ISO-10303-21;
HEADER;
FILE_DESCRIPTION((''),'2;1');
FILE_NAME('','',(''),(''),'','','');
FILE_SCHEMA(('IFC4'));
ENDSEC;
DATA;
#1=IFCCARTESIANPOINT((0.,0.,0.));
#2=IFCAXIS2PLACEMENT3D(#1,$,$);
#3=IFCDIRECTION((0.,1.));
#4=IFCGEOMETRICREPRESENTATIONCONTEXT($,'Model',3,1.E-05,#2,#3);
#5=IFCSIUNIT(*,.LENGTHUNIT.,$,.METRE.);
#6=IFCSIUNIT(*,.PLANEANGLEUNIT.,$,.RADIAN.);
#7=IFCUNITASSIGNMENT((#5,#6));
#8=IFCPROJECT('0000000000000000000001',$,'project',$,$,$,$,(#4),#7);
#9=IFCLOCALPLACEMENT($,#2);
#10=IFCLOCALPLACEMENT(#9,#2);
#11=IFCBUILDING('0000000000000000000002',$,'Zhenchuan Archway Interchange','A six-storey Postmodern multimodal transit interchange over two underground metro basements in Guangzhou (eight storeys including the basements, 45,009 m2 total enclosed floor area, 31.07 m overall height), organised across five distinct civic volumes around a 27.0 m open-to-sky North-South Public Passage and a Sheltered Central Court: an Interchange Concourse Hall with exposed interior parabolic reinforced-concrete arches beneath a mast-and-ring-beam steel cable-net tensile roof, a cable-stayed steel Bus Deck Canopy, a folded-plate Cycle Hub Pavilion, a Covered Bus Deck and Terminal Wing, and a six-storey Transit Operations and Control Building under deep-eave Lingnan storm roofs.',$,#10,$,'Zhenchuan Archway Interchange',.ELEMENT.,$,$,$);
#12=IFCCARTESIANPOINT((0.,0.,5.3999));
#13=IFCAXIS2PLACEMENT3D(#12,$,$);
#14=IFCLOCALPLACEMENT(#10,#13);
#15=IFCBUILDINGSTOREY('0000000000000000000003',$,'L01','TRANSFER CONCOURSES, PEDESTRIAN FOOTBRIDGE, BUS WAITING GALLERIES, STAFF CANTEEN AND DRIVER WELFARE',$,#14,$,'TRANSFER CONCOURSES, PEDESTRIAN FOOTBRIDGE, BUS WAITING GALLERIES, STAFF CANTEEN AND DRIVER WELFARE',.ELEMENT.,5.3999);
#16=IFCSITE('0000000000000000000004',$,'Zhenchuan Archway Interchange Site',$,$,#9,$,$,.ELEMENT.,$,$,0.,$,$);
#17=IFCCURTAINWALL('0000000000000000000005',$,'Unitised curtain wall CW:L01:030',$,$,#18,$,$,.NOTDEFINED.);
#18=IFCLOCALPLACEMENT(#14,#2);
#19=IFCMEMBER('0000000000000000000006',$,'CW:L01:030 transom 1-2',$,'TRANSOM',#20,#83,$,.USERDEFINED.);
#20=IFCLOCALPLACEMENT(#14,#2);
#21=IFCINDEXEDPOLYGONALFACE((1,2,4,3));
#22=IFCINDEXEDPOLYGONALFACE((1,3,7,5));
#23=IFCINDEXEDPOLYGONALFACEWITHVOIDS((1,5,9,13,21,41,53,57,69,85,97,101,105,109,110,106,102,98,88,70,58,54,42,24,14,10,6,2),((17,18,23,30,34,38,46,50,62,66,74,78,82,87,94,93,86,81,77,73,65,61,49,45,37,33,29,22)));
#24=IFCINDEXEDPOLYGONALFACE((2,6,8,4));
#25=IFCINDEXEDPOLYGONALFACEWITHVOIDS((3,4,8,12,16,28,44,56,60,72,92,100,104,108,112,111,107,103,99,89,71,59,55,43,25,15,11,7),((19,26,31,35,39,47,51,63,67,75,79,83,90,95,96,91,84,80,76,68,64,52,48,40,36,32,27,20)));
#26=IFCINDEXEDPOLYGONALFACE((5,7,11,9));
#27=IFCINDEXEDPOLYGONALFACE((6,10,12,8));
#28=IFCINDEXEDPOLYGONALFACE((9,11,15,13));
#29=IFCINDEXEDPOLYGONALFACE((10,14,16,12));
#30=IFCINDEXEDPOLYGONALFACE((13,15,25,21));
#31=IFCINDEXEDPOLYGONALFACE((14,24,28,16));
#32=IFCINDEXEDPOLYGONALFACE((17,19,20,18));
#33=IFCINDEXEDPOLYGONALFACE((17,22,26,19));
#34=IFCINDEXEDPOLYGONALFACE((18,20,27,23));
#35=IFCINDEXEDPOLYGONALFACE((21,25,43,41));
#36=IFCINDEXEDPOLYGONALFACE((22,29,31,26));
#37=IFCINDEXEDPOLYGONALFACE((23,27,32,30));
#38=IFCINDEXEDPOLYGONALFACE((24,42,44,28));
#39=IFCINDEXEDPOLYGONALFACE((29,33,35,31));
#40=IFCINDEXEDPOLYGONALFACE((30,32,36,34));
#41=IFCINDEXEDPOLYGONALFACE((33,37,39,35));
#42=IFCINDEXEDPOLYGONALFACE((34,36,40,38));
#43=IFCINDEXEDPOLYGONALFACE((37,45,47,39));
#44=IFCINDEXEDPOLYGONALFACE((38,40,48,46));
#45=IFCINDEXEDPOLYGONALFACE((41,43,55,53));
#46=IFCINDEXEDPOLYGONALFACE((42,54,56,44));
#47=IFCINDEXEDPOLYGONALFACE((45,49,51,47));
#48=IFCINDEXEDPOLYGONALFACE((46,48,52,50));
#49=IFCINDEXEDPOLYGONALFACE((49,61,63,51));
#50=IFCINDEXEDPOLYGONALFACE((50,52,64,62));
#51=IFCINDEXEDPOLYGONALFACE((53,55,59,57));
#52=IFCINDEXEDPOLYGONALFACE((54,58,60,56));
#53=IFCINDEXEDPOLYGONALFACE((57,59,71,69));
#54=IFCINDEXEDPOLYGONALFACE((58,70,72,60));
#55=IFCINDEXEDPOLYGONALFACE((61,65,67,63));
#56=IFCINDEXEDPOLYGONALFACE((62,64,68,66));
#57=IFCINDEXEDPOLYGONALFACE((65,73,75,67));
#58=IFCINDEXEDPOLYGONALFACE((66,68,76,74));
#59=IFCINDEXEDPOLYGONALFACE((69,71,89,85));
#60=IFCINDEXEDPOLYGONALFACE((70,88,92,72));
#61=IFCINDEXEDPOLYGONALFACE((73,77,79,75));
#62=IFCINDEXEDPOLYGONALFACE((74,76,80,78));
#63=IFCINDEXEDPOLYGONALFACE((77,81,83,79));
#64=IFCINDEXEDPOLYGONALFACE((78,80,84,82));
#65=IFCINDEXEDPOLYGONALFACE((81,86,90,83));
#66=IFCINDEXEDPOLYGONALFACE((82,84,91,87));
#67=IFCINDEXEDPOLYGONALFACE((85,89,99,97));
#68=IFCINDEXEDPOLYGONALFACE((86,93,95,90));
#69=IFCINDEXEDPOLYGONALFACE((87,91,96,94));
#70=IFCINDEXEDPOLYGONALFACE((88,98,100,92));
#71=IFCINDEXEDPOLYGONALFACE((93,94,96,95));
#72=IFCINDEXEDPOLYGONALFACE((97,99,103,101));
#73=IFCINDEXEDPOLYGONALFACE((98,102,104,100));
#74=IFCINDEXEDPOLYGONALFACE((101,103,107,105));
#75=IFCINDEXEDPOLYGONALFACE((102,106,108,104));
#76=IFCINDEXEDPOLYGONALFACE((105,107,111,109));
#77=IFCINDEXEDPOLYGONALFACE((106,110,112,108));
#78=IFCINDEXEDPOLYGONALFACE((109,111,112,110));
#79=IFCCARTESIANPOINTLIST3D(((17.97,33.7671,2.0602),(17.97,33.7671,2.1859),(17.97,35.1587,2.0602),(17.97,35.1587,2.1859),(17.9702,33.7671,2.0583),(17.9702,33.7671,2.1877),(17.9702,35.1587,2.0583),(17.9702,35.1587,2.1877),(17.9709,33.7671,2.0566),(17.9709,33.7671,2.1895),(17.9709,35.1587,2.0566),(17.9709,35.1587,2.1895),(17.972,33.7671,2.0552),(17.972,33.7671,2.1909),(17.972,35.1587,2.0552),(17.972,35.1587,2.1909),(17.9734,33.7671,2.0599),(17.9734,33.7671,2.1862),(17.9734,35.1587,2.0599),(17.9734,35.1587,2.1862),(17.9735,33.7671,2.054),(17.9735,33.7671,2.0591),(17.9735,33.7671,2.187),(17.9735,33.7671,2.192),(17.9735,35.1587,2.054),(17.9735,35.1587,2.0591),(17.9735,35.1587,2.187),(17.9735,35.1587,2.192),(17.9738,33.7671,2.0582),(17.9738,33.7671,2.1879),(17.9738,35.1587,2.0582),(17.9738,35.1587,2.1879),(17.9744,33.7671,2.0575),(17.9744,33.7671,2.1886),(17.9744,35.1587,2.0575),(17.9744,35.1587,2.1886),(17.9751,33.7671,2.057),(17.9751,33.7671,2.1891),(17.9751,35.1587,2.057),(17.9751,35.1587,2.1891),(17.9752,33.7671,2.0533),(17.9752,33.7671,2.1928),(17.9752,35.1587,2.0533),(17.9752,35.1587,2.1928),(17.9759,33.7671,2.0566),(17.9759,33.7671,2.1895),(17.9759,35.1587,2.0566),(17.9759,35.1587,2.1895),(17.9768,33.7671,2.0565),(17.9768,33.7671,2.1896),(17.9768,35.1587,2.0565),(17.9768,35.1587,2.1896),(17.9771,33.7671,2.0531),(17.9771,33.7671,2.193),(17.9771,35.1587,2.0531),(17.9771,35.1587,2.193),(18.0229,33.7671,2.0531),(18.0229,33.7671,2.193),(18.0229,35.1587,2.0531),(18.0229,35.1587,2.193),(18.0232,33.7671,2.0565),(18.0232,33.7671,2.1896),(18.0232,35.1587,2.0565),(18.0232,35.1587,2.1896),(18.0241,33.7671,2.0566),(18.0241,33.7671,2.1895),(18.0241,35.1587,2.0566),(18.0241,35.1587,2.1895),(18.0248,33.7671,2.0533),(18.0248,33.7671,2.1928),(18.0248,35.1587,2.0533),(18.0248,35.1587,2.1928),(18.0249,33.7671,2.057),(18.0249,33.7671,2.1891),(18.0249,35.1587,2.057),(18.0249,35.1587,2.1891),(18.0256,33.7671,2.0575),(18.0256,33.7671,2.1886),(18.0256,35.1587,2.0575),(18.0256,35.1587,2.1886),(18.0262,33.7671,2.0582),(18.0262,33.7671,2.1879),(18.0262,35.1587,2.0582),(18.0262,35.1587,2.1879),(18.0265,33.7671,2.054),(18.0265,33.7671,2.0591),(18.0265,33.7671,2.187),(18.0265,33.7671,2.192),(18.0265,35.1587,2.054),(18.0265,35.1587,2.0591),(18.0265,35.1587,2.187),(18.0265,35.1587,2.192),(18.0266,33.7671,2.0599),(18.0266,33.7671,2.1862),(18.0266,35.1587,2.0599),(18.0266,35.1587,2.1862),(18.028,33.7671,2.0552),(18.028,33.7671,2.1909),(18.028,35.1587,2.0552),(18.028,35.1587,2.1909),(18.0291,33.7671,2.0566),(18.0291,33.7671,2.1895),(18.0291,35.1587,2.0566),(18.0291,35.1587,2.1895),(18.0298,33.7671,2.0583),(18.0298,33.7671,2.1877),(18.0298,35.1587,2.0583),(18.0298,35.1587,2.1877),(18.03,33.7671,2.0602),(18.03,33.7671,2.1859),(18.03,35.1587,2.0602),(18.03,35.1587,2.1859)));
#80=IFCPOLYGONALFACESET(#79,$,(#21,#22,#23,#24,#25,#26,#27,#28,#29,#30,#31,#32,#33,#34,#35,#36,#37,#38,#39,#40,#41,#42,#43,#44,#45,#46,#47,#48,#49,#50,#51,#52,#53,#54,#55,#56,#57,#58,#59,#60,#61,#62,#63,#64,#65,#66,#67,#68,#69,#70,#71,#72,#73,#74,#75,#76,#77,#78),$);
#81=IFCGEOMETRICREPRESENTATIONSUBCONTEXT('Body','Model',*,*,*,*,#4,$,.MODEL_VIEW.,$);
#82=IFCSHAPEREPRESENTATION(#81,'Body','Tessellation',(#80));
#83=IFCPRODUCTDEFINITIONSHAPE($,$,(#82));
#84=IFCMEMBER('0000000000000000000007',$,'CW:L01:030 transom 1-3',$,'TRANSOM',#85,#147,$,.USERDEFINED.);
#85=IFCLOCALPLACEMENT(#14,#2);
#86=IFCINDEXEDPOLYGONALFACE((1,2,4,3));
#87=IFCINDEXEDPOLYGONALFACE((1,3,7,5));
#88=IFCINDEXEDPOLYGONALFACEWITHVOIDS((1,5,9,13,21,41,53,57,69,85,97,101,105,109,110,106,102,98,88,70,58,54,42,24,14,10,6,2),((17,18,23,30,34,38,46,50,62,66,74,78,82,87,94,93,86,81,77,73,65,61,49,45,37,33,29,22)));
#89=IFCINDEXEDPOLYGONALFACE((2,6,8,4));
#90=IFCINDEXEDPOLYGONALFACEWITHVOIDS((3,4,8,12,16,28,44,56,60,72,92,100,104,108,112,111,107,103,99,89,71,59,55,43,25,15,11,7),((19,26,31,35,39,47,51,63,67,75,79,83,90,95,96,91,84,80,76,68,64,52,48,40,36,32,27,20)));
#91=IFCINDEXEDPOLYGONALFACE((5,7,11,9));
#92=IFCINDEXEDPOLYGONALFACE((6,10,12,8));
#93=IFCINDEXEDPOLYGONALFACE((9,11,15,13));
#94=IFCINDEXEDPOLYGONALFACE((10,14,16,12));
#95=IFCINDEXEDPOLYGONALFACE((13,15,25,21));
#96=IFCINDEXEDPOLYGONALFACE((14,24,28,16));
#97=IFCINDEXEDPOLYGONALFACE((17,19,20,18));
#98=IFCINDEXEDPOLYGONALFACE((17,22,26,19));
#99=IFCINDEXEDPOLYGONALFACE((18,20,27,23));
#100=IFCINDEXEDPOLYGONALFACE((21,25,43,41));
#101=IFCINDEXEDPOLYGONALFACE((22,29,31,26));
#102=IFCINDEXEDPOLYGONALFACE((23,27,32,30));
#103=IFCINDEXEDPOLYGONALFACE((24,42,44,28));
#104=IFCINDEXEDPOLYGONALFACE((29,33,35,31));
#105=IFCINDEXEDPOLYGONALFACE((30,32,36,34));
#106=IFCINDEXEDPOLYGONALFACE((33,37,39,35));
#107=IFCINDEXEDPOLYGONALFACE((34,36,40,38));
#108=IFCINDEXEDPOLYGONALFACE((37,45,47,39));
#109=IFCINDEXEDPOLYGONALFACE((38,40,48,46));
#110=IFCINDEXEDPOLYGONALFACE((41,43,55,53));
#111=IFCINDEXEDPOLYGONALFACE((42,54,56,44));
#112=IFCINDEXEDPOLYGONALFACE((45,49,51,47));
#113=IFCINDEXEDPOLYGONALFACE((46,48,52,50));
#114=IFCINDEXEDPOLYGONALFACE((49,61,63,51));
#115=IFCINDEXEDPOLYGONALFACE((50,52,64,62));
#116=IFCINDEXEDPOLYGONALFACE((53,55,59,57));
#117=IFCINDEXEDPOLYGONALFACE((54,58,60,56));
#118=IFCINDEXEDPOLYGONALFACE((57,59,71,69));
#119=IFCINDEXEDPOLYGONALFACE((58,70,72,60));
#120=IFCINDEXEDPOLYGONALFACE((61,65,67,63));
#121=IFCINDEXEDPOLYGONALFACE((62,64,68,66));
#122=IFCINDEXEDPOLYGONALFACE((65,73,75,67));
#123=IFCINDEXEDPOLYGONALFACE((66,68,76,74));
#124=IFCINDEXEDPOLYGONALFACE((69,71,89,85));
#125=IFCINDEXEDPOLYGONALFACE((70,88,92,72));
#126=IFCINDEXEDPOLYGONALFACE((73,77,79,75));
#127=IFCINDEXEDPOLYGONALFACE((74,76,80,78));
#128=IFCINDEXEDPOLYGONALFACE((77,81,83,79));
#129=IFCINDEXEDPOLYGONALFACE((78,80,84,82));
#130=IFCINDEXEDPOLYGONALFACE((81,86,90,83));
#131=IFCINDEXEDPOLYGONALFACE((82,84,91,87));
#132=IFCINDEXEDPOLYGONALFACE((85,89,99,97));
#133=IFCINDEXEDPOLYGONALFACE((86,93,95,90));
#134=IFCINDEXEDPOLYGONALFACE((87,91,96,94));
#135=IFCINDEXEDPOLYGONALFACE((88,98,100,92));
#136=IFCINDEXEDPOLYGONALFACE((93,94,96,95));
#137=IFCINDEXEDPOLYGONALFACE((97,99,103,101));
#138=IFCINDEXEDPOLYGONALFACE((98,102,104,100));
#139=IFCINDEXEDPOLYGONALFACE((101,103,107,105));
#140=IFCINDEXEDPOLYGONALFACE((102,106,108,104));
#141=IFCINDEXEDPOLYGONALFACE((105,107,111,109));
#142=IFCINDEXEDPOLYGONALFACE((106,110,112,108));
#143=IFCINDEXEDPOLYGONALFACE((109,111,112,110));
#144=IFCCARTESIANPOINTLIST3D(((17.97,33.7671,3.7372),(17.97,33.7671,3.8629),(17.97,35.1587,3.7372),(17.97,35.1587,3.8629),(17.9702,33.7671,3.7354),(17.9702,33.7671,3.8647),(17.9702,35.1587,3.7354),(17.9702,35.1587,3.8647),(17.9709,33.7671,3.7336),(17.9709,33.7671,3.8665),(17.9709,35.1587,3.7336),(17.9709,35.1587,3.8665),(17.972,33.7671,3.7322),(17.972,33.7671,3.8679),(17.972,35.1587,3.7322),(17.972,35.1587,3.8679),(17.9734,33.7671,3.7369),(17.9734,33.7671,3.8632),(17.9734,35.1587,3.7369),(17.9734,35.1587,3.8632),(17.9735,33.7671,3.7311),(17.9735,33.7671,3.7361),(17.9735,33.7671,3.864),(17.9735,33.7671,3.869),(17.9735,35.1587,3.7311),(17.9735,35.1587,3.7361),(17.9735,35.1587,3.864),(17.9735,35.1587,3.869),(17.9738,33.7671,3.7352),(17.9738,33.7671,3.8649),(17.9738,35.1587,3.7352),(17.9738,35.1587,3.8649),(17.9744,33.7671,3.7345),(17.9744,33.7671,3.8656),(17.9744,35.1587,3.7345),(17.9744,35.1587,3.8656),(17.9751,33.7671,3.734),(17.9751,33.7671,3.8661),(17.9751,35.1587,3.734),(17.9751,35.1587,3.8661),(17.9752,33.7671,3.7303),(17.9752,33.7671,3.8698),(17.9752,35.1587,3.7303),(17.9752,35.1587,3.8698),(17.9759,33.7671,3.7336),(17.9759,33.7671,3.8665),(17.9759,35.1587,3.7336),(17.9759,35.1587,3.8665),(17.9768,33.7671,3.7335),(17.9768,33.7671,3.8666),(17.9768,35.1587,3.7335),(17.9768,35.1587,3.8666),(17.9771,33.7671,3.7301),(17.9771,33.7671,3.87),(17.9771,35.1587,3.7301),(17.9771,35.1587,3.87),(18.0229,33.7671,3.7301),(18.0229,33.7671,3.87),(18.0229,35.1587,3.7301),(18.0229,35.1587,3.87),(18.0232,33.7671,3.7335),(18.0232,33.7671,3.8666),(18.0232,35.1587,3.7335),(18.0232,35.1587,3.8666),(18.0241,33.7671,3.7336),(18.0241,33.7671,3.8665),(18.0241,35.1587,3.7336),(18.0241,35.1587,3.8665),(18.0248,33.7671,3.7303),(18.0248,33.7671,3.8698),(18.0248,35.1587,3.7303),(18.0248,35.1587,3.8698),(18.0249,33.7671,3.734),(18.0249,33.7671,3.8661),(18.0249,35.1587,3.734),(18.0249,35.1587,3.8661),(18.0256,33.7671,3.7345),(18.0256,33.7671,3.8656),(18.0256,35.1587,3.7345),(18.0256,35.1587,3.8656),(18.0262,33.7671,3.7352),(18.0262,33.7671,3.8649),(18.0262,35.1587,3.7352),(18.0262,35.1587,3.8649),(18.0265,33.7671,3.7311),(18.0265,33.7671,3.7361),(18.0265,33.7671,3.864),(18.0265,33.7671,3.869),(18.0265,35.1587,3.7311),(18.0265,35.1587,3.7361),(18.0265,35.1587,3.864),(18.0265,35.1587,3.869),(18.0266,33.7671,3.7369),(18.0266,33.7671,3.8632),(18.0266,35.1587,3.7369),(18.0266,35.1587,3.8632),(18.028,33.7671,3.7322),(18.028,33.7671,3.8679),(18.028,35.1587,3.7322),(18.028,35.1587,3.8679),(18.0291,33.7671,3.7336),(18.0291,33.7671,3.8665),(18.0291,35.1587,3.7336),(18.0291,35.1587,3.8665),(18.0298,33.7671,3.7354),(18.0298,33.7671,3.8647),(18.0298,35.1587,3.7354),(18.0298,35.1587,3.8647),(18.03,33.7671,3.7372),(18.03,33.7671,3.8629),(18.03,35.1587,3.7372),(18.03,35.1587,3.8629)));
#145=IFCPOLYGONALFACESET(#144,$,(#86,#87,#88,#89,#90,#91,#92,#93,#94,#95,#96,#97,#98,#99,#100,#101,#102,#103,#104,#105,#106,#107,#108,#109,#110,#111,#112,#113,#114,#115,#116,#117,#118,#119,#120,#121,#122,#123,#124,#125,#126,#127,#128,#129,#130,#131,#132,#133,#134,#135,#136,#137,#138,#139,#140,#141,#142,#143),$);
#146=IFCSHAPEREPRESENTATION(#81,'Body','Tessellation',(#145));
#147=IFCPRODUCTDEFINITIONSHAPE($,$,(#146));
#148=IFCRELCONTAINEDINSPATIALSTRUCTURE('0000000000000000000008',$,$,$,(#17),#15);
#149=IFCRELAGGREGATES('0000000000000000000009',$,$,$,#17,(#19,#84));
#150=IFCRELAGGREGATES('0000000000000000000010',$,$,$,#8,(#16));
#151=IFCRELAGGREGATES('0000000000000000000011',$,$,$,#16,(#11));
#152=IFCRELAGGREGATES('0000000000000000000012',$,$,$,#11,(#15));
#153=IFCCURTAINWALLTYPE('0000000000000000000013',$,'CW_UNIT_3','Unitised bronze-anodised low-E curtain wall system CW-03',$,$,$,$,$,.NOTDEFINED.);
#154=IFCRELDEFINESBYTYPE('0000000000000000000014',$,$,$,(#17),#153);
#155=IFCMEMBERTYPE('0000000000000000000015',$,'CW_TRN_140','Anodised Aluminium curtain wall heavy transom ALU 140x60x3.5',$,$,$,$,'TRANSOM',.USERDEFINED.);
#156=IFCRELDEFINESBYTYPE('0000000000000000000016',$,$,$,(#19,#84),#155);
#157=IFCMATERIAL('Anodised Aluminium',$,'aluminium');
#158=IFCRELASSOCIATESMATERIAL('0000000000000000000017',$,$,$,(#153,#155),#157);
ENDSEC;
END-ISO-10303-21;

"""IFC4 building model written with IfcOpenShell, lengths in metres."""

from ifc_helpers import new_model, si_unit, direction, frame, origin, origin_2d, place, context, subcontext, project, spatial, hollow_rectangle, extrude, material, material_profile, profile_set, type_object, element, aggregate, save


model = new_model("IFC4")

# Units and contexts
model_context = context("Model", 3, precision=1e-05, world=origin(), true_north=direction((0.0, 1.0)))
body_context = subcontext(model_context, "Body", "Model", "MODEL_VIEW")
ifc_project = project(units=[si_unit("LENGTHUNIT", "METRE"), si_unit("PLANEANGLEUNIT", "RADIAN")], contexts=[model_context])

# Site, building, storey
site_placement = place(None, origin())
site = spatial("IfcSite", under=ifc_project, at=site_placement, Name="Zhenchuan Archway Interchange Site", CompositionType="ELEMENT", RefElevation=0.0)
building_placement = place(site_placement, origin())
building = spatial("IfcBuilding", under=site, at=building_placement, Name="Zhenchuan Archway Interchange", Description="A six-storey Postmodern multimodal transit interchange over two underground metro basements in Guangzhou (eight storeys including the basements, 45,009 m2 total enclosed floor area, 31.07 m overall height), organised across five distinct civic volumes around a 27.0 m open-to-sky North-South Public Passage and a Sheltered Central Court: an Interchange Concourse Hall with exposed interior parabolic reinforced-concrete arches beneath a mast-and-ring-beam steel cable-net tensile roof, a cable-stayed steel Bus Deck Canopy, a folded-plate Cycle Hub Pavilion, a Covered Bus Deck and Terminal Wing, and a six-storey Transit Operations and Control Building under deep-eave Lingnan storm roofs.", LongName="Zhenchuan Archway Interchange", CompositionType="ELEMENT")
storey_placement = place(building_placement, frame((0.0, 0.0, 5.3999)))
storey = spatial("IfcBuildingStorey", under=building, at=storey_placement, Name="L01", Description="TRANSFER CONCOURSES, PEDESTRIAN FOOTBRIDGE, BUS WAITING GALLERIES, STAFF CANTEEN AND DRIVER WELFARE", LongName="TRANSFER CONCOURSES, PEDESTRIAN FOOTBRIDGE, BUS WAITING GALLERIES, STAFF CANTEEN AND DRIVER WELFARE", CompositionType="ELEMENT", Elevation=5.3999)

# Curtain wall
ifc_material_1 = material(Name="Anodised Aluminium", Category="aluminium")
curtain_wall_type_1 = type_object("IfcCurtainWallType", Name="CW_UNIT_3", Description="Unitised bronze-anodised low-E curtain wall system CW-03", PredefinedType="NOTDEFINED", material=ifc_material_1)
curtain_wall_1_placement = place(storey_placement, origin())
curtain_wall_1 = element("IfcCurtainWall", 1, at=curtain_wall_1_placement, inside=storey, type_object=curtain_wall_type_1, Name="Unitised curtain wall CW:L01:030", PredefinedType="NOTDEFINED")

# Members
ifc_material_profile_1 = material_profile(ifc_material_1, hollow_rectangle(XDim=0.0601, YDim=0.1399, WallThickness=0.0034, InnerFilletRadius=0.0034, OuterFilletRadius=0.0071, at=origin_2d()), Name="ALU 140x60x3.5")
ifc_profile_set_1 = profile_set([ifc_material_profile_1], Name="Anodised Aluminium")
member_type_1 = type_object("IfcMemberType", Name="CW_TRN_140", Description="Anodised Aluminium curtain wall heavy transom ALU 140x60x3.5", ElementType="TRANSOM", PredefinedType="USERDEFINED", material=ifc_profile_set_1)
member_1_placement = place(storey_placement, frame((18.0, 33.7671, 2.123), z_axis=(0.0, 1.0, 0.0), x_axis=(-1.0, 0.0, 0.0)))
member_1 = element("IfcMember", 2, at=member_1_placement, type_object=member_type_1, Name="CW:L01:030 transom 1-2", ObjectType="TRANSOM", PredefinedType="USERDEFINED", context=body_context, shape_type="SweptSolid", body=[
    extrude(hollow_rectangle(XDim=0.0601, YDim=0.1399, WallThickness=0.0034, InnerFilletRadius=0.0034, OuterFilletRadius=0.0071, at=origin_2d()), origin(), (0.0, 0.0, 1.0), 1.3916),
])
member_2_placement = place(storey_placement, frame((18.0, 33.7671, 3.8), z_axis=(0.0, 1.0, 0.0), x_axis=(-1.0, 0.0, 0.0)))
member_2 = element("IfcMember", 3, at=member_2_placement, type_object=member_type_1, Name="CW:L01:030 transom 1-3", ObjectType="TRANSOM", PredefinedType="USERDEFINED", context=body_context, shape_type="SweptSolid", body=[
    extrude(hollow_rectangle(XDim=0.0601, YDim=0.1399, WallThickness=0.0034, InnerFilletRadius=0.0034, OuterFilletRadius=0.0071, at=origin_2d()), origin(), (0.0, 0.0, 1.0), 1.3916),
])

aggregate(curtain_wall_1, [member_1, member_2])

save(model, "model.ifc")
